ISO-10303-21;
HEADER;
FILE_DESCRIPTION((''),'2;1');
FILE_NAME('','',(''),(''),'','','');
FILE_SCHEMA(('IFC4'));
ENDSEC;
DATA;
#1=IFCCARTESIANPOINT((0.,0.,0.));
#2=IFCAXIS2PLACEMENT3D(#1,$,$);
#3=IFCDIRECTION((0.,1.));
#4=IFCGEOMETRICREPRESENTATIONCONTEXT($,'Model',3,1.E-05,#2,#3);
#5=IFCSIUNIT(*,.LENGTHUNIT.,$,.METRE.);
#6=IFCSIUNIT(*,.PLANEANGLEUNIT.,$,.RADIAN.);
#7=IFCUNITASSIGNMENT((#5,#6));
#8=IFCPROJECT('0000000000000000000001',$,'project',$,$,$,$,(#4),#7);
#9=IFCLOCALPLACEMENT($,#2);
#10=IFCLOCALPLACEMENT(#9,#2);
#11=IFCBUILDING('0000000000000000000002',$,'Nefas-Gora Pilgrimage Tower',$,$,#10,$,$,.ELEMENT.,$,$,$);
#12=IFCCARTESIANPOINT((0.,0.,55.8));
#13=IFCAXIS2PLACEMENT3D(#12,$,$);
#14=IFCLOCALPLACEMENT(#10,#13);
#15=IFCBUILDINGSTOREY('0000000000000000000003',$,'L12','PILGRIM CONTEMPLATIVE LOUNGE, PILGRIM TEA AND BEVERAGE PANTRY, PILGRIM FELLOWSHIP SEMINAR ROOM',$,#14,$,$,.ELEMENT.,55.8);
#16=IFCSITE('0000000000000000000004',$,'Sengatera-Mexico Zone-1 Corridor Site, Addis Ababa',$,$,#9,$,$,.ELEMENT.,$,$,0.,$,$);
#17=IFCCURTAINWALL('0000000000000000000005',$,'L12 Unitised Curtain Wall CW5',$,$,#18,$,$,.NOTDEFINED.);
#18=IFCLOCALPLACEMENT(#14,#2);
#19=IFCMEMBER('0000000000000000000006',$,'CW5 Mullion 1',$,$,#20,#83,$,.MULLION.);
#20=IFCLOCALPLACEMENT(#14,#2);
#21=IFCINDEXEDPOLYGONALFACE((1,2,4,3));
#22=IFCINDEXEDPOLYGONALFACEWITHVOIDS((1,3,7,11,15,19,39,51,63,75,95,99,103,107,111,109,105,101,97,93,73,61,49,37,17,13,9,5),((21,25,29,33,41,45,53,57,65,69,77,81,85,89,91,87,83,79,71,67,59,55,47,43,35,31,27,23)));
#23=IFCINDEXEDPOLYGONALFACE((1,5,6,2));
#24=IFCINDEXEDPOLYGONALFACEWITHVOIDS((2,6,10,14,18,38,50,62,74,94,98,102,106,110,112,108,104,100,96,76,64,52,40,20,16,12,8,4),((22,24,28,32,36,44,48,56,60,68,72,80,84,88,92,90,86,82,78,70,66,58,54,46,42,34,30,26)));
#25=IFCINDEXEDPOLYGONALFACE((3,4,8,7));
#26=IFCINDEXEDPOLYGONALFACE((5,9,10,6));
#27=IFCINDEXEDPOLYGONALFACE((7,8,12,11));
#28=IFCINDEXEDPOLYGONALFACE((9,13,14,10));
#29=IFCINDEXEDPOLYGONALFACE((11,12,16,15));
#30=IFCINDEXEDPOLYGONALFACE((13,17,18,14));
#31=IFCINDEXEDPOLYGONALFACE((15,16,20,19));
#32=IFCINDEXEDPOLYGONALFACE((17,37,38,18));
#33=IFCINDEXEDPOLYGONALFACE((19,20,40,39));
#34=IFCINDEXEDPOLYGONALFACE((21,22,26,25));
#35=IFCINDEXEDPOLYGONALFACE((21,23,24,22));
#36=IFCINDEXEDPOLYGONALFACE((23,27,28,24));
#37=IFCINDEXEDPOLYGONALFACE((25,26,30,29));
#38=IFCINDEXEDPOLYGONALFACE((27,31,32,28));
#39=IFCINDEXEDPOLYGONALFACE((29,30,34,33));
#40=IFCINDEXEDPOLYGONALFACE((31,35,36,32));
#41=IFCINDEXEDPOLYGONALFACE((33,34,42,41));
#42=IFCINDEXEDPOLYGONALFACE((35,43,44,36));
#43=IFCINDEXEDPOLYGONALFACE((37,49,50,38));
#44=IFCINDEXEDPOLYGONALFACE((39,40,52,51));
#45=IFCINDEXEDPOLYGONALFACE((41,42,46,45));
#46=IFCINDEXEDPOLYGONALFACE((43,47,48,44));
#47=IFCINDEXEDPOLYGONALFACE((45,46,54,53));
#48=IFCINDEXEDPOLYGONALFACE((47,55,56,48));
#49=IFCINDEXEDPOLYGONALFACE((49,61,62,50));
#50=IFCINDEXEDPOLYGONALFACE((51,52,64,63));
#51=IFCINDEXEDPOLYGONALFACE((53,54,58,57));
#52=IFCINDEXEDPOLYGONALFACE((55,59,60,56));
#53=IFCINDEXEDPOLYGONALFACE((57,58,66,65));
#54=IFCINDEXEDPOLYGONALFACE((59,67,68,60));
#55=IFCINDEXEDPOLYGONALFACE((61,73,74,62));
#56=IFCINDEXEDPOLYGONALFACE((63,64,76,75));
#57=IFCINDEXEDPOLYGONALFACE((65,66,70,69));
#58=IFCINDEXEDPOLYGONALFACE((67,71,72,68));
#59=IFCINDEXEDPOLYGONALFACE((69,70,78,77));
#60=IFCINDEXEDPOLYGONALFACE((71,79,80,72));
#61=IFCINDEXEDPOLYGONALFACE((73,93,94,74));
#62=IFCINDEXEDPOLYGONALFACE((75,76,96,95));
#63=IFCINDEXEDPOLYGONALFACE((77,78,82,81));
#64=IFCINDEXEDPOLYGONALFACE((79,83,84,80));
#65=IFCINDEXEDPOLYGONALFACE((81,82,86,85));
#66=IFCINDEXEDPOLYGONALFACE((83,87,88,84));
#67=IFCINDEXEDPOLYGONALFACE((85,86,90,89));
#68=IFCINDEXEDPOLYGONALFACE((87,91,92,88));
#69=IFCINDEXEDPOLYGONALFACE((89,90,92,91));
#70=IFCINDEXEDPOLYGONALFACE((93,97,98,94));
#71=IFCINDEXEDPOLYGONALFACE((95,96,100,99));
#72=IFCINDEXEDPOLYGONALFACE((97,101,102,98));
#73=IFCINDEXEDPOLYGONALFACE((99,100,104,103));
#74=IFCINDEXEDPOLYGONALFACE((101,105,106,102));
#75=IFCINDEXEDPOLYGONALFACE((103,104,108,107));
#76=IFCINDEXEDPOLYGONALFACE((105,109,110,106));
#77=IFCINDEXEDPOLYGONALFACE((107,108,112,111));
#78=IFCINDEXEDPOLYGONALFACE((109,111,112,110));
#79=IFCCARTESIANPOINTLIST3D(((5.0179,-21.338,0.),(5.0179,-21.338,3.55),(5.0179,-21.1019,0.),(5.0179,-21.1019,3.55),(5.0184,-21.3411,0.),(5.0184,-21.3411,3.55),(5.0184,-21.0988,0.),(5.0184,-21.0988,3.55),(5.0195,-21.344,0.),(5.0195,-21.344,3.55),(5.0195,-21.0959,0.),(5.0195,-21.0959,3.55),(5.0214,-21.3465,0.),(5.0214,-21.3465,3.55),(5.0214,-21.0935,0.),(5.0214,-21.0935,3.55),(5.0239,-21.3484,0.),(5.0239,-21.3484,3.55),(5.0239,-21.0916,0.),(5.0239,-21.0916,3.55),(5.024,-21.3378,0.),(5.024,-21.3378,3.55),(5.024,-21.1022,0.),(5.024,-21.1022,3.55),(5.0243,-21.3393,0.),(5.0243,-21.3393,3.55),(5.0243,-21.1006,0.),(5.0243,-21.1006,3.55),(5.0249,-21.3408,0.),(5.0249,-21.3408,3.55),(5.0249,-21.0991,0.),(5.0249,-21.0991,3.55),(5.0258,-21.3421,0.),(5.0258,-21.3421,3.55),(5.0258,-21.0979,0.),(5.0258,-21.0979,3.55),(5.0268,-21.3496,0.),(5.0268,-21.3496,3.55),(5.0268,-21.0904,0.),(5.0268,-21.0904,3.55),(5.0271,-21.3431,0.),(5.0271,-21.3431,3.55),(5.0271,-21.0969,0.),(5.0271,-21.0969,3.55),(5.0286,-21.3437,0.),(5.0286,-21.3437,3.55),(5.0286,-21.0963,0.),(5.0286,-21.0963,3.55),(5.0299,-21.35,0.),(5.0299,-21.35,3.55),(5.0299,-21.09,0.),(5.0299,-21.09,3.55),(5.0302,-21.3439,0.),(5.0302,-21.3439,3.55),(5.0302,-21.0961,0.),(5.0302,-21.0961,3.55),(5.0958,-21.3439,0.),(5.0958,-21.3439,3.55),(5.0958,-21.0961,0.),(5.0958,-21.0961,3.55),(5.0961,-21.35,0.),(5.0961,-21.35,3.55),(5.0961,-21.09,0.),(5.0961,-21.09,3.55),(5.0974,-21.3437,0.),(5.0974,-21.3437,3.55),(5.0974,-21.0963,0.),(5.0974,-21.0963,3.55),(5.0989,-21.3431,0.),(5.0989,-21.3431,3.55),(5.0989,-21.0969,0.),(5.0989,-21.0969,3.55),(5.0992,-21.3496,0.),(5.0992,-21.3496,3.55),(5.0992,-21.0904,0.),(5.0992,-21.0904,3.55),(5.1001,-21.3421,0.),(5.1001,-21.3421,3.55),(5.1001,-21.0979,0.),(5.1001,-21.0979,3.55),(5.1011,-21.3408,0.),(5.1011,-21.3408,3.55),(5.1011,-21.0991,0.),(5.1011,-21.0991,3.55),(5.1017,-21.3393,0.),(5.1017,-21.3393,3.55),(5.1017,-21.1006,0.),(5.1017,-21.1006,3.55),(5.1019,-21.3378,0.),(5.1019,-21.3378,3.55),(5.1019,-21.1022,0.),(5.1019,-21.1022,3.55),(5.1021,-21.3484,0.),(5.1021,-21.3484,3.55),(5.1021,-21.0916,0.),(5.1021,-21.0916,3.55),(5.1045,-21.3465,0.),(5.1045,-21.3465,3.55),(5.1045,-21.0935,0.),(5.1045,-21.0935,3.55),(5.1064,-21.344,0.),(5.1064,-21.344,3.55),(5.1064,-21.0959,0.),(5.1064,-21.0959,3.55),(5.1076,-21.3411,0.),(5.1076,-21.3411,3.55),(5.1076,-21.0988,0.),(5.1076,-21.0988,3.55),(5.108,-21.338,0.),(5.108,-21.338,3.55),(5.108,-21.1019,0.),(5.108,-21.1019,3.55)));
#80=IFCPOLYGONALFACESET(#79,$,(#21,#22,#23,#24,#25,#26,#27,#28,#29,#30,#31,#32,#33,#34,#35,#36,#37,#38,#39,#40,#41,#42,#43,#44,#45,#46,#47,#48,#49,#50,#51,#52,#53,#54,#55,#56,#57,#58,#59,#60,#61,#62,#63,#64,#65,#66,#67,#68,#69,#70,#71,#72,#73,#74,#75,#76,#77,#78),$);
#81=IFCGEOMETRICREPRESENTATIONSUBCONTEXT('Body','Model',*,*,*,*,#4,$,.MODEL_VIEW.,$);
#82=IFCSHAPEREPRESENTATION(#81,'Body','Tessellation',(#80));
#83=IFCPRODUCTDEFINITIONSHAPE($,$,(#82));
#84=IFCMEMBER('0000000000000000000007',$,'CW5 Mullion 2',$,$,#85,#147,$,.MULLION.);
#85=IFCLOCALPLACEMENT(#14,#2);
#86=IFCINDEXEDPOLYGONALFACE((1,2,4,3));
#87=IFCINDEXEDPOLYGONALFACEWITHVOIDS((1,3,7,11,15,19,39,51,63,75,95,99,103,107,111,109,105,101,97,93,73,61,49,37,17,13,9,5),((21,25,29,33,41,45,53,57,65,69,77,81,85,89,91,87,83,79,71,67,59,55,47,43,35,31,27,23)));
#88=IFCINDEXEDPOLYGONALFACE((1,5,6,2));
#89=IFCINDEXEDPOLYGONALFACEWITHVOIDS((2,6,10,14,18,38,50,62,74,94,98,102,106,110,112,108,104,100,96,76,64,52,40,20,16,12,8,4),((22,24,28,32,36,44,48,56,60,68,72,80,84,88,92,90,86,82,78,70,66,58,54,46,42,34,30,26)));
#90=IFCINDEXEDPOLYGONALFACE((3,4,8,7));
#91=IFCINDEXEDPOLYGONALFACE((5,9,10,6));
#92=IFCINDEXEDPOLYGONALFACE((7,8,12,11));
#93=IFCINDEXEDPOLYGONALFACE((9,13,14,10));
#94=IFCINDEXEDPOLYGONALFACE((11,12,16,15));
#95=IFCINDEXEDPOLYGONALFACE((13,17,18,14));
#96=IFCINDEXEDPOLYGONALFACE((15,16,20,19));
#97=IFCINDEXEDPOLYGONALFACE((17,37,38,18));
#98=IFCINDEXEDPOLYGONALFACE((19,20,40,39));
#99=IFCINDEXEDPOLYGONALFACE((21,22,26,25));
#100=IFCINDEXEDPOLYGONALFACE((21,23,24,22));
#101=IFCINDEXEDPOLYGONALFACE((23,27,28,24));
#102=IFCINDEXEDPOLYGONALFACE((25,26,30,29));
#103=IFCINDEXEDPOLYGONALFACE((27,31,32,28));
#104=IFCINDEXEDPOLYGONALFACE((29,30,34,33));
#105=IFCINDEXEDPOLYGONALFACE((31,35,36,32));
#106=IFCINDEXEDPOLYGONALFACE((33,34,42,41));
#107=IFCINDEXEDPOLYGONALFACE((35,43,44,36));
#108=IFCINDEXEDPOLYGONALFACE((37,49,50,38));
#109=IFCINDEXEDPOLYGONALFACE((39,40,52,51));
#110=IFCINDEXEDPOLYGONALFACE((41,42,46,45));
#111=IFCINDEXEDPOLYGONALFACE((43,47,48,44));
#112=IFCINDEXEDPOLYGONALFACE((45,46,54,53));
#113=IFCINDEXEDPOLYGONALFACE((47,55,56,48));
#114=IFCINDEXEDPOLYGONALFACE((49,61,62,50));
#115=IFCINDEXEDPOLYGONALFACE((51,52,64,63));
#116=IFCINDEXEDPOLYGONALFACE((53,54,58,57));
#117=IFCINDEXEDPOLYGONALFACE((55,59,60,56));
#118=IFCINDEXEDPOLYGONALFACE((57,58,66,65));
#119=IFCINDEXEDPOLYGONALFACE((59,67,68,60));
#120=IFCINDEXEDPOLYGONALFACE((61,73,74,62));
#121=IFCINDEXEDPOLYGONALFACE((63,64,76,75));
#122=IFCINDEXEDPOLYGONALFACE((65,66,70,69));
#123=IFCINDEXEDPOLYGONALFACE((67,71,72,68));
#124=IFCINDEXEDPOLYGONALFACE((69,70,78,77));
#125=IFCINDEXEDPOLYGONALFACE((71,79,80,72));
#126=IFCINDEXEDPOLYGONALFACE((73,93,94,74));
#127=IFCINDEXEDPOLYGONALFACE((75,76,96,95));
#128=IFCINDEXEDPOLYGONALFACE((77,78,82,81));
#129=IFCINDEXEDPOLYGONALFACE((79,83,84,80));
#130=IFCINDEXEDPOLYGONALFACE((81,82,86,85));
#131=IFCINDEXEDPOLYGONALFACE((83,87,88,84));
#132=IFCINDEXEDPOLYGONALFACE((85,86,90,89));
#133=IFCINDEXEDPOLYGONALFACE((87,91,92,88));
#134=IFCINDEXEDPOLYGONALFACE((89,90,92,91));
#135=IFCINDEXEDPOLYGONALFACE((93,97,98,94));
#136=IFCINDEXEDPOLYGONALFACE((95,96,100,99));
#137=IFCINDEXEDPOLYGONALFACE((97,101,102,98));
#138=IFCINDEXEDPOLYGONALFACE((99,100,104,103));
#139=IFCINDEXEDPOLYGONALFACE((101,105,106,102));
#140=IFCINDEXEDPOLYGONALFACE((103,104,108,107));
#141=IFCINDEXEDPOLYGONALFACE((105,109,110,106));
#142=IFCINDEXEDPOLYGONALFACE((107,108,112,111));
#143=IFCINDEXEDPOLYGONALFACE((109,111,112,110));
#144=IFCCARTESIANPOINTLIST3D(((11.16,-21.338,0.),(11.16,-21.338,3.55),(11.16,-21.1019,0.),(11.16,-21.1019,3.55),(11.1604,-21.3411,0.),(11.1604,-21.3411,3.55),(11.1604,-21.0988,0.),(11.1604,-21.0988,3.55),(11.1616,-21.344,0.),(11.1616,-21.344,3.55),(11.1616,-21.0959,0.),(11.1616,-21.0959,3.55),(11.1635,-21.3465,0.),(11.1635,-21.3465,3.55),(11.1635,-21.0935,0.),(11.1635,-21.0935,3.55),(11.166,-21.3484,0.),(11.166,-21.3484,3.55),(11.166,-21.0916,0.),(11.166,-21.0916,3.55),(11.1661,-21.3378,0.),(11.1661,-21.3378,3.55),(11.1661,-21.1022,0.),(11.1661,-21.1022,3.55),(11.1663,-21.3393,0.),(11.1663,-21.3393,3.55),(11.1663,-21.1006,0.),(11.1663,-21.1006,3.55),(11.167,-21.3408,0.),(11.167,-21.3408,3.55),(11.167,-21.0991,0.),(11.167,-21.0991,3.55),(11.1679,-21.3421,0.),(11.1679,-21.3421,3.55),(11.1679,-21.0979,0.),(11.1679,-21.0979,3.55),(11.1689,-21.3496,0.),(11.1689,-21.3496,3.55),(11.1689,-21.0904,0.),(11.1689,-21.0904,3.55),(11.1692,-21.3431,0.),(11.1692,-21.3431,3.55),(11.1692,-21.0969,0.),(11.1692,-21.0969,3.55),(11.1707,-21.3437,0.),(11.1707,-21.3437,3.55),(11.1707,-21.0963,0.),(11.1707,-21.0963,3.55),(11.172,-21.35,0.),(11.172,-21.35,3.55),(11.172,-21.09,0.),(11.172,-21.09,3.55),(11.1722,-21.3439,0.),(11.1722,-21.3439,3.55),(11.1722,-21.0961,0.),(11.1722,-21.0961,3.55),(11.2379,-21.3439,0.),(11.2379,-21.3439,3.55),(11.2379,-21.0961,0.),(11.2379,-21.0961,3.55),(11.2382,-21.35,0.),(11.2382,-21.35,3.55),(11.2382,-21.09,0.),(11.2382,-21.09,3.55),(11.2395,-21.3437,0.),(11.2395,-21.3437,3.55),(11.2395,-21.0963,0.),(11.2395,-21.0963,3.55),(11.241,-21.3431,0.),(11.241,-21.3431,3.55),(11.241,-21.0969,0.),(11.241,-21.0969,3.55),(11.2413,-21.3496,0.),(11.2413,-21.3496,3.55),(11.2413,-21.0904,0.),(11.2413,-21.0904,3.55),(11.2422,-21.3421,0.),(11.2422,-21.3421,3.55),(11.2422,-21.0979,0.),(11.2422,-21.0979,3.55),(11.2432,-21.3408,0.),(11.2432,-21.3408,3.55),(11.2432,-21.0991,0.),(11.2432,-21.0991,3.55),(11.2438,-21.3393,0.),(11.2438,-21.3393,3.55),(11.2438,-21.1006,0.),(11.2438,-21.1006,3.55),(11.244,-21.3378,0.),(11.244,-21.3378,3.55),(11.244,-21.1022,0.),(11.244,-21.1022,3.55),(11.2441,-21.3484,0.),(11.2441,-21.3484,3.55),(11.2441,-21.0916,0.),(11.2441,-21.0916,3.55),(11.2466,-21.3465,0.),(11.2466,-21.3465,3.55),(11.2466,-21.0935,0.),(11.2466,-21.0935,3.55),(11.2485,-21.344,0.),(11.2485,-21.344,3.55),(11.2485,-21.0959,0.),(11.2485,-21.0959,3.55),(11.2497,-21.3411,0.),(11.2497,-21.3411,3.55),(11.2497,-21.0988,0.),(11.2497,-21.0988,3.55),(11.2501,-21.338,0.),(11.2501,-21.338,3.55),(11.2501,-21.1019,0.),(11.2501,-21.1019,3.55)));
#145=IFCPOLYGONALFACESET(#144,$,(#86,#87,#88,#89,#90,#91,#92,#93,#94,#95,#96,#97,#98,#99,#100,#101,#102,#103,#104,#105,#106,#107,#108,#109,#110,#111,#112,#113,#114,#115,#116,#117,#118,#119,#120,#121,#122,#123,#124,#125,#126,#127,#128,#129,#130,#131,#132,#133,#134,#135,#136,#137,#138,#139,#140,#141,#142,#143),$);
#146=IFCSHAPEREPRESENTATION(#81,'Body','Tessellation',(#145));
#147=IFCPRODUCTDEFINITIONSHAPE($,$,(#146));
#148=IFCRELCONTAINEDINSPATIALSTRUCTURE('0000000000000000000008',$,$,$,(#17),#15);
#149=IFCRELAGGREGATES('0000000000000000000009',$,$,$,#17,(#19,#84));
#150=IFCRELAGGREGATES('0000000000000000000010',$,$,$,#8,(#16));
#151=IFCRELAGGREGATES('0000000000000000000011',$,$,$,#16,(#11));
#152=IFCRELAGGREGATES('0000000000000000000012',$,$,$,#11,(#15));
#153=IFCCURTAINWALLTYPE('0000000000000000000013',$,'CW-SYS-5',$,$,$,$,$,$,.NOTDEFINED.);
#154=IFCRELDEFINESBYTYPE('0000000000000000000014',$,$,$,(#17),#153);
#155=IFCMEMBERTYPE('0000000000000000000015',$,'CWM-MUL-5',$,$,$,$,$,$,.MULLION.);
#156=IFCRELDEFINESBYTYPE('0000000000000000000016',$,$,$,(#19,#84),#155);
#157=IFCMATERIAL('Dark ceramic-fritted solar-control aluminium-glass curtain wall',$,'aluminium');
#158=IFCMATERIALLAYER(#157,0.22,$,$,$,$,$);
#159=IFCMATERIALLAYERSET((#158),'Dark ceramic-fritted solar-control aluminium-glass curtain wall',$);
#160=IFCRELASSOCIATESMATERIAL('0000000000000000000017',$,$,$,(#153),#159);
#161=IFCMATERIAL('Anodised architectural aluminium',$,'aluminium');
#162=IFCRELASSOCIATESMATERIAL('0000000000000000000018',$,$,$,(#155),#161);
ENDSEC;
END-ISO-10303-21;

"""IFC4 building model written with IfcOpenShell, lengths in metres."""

from ifc_helpers import new_model, si_unit, direction, frame, origin, origin_2d, place, context, subcontext, project, spatial, hollow_rectangle, extrude, source, transform, mapped, material, layer, layer_set, material_profile, profile_set, type_object, element, aggregate, save


model = new_model("IFC4")

# Units and contexts
model_context = context("Model", 3, precision=1e-05, world=origin(), true_north=direction((0.0, 1.0)))
body_context = subcontext(model_context, "Body", "Model", "MODEL_VIEW")
ifc_project = project(units=[si_unit("LENGTHUNIT", "METRE"), si_unit("PLANEANGLEUNIT", "RADIAN")], contexts=[model_context])

# Site, building, storey
site_placement = place(None, origin())
site = spatial("IfcSite", under=ifc_project, at=site_placement, Name="Sengatera-Mexico Zone-1 Corridor Site, Addis Ababa", CompositionType="ELEMENT", RefElevation=0.0)
building_placement = place(site_placement, origin())
building = spatial("IfcBuilding", under=site, at=building_placement, Name="Nefas-Gora Pilgrimage Tower", CompositionType="ELEMENT")
storey_placement = place(building_placement, frame((0.0, 0.0, 55.8)))
storey = spatial("IfcBuildingStorey", under=building, at=storey_placement, Name="L12", Description="PILGRIM CONTEMPLATIVE LOUNGE, PILGRIM TEA AND BEVERAGE PANTRY, PILGRIM FELLOWSHIP SEMINAR ROOM", CompositionType="ELEMENT", Elevation=55.8)

# Curtain wall, members
ifc_material_1 = material(Name="Dark ceramic-fritted solar-control aluminium-glass curtain wall", Category="aluminium")
ifc_layer_1 = layer(ifc_material_1, 0.22)
ifc_layer_set_1 = layer_set([ifc_layer_1], Name="Dark ceramic-fritted solar-control aluminium-glass curtain wall")
curtain_wall_type_1 = type_object("IfcCurtainWallType", Name="CW-SYS-5", PredefinedType="NOTDEFINED", material=ifc_layer_set_1)
curtain_wall_1_placement = place(storey_placement, origin())
curtain_wall_1 = element("IfcCurtainWall", 1, at=curtain_wall_1_placement, inside=storey, type_object=curtain_wall_type_1, Name="L12 Unitised Curtain Wall CW5", PredefinedType="NOTDEFINED")
ifc_material_2 = material(Name="Anodised architectural aluminium", Category="aluminium")
ifc_material_profile_1 = material_profile(ifc_material_2, hollow_rectangle(XDim=0.0901, YDim=0.26, WallThickness=0.0061, InnerFilletRadius=0.0061, OuterFilletRadius=0.012, at=origin_2d()), Name="ALU MULLION 90x260")
ifc_profile_set_1 = profile_set([ifc_material_profile_1], Name="Anodised architectural aluminium")
member_type_1 = type_object("IfcMemberType", Name="CWM-MUL-5", PredefinedType="MULLION", material=ifc_profile_set_1)
shared_shape_1 = source(origin(), body_context, "Body", "SweptSolid", [
    extrude(hollow_rectangle(XDim=0.0901, YDim=0.26, WallThickness=0.0061, InnerFilletRadius=0.0061, OuterFilletRadius=0.012, at=origin_2d()), origin(), (0.0, 0.0, 1.0), 3.55),
])
member_1_placement = place(storey_placement, frame((5.063, -21.22, 0.0), z_axis=(0.0, 0.0, 1.0), x_axis=(1.0, 0.0, 0.0)))
member_1 = element("IfcMember", 2, at=member_1_placement, type_object=member_type_1, Name="CW5 Mullion 1", PredefinedType="MULLION", context=body_context, shape_type="MappedRepresentation", body=[
    mapped(shared_shape_1, transform((0.0, 0.0, 0.0), x_axis=(1.0, 0.0, 0.0), y_axis=(0.0, 1.0, 0.0), z_axis=(0.0, 0.0, 1.0), scale=1.0)),
])
member_2_placement = place(storey_placement, frame((11.2051, -21.22, 0.0), z_axis=(0.0, 0.0, 1.0), x_axis=(1.0, 0.0, 0.0)))
member_2 = element("IfcMember", 3, at=member_2_placement, type_object=member_type_1, Name="CW5 Mullion 2", PredefinedType="MULLION", context=body_context, shape_type="MappedRepresentation", body=[
    mapped(shared_shape_1, transform((0.0, 0.0, 0.0), x_axis=(1.0, 0.0, 0.0), y_axis=(0.0, 1.0, 0.0), z_axis=(0.0, 0.0, 1.0), scale=1.0)),
])

aggregate(curtain_wall_1, [member_1, member_2])

save(model, "model.ifc")
